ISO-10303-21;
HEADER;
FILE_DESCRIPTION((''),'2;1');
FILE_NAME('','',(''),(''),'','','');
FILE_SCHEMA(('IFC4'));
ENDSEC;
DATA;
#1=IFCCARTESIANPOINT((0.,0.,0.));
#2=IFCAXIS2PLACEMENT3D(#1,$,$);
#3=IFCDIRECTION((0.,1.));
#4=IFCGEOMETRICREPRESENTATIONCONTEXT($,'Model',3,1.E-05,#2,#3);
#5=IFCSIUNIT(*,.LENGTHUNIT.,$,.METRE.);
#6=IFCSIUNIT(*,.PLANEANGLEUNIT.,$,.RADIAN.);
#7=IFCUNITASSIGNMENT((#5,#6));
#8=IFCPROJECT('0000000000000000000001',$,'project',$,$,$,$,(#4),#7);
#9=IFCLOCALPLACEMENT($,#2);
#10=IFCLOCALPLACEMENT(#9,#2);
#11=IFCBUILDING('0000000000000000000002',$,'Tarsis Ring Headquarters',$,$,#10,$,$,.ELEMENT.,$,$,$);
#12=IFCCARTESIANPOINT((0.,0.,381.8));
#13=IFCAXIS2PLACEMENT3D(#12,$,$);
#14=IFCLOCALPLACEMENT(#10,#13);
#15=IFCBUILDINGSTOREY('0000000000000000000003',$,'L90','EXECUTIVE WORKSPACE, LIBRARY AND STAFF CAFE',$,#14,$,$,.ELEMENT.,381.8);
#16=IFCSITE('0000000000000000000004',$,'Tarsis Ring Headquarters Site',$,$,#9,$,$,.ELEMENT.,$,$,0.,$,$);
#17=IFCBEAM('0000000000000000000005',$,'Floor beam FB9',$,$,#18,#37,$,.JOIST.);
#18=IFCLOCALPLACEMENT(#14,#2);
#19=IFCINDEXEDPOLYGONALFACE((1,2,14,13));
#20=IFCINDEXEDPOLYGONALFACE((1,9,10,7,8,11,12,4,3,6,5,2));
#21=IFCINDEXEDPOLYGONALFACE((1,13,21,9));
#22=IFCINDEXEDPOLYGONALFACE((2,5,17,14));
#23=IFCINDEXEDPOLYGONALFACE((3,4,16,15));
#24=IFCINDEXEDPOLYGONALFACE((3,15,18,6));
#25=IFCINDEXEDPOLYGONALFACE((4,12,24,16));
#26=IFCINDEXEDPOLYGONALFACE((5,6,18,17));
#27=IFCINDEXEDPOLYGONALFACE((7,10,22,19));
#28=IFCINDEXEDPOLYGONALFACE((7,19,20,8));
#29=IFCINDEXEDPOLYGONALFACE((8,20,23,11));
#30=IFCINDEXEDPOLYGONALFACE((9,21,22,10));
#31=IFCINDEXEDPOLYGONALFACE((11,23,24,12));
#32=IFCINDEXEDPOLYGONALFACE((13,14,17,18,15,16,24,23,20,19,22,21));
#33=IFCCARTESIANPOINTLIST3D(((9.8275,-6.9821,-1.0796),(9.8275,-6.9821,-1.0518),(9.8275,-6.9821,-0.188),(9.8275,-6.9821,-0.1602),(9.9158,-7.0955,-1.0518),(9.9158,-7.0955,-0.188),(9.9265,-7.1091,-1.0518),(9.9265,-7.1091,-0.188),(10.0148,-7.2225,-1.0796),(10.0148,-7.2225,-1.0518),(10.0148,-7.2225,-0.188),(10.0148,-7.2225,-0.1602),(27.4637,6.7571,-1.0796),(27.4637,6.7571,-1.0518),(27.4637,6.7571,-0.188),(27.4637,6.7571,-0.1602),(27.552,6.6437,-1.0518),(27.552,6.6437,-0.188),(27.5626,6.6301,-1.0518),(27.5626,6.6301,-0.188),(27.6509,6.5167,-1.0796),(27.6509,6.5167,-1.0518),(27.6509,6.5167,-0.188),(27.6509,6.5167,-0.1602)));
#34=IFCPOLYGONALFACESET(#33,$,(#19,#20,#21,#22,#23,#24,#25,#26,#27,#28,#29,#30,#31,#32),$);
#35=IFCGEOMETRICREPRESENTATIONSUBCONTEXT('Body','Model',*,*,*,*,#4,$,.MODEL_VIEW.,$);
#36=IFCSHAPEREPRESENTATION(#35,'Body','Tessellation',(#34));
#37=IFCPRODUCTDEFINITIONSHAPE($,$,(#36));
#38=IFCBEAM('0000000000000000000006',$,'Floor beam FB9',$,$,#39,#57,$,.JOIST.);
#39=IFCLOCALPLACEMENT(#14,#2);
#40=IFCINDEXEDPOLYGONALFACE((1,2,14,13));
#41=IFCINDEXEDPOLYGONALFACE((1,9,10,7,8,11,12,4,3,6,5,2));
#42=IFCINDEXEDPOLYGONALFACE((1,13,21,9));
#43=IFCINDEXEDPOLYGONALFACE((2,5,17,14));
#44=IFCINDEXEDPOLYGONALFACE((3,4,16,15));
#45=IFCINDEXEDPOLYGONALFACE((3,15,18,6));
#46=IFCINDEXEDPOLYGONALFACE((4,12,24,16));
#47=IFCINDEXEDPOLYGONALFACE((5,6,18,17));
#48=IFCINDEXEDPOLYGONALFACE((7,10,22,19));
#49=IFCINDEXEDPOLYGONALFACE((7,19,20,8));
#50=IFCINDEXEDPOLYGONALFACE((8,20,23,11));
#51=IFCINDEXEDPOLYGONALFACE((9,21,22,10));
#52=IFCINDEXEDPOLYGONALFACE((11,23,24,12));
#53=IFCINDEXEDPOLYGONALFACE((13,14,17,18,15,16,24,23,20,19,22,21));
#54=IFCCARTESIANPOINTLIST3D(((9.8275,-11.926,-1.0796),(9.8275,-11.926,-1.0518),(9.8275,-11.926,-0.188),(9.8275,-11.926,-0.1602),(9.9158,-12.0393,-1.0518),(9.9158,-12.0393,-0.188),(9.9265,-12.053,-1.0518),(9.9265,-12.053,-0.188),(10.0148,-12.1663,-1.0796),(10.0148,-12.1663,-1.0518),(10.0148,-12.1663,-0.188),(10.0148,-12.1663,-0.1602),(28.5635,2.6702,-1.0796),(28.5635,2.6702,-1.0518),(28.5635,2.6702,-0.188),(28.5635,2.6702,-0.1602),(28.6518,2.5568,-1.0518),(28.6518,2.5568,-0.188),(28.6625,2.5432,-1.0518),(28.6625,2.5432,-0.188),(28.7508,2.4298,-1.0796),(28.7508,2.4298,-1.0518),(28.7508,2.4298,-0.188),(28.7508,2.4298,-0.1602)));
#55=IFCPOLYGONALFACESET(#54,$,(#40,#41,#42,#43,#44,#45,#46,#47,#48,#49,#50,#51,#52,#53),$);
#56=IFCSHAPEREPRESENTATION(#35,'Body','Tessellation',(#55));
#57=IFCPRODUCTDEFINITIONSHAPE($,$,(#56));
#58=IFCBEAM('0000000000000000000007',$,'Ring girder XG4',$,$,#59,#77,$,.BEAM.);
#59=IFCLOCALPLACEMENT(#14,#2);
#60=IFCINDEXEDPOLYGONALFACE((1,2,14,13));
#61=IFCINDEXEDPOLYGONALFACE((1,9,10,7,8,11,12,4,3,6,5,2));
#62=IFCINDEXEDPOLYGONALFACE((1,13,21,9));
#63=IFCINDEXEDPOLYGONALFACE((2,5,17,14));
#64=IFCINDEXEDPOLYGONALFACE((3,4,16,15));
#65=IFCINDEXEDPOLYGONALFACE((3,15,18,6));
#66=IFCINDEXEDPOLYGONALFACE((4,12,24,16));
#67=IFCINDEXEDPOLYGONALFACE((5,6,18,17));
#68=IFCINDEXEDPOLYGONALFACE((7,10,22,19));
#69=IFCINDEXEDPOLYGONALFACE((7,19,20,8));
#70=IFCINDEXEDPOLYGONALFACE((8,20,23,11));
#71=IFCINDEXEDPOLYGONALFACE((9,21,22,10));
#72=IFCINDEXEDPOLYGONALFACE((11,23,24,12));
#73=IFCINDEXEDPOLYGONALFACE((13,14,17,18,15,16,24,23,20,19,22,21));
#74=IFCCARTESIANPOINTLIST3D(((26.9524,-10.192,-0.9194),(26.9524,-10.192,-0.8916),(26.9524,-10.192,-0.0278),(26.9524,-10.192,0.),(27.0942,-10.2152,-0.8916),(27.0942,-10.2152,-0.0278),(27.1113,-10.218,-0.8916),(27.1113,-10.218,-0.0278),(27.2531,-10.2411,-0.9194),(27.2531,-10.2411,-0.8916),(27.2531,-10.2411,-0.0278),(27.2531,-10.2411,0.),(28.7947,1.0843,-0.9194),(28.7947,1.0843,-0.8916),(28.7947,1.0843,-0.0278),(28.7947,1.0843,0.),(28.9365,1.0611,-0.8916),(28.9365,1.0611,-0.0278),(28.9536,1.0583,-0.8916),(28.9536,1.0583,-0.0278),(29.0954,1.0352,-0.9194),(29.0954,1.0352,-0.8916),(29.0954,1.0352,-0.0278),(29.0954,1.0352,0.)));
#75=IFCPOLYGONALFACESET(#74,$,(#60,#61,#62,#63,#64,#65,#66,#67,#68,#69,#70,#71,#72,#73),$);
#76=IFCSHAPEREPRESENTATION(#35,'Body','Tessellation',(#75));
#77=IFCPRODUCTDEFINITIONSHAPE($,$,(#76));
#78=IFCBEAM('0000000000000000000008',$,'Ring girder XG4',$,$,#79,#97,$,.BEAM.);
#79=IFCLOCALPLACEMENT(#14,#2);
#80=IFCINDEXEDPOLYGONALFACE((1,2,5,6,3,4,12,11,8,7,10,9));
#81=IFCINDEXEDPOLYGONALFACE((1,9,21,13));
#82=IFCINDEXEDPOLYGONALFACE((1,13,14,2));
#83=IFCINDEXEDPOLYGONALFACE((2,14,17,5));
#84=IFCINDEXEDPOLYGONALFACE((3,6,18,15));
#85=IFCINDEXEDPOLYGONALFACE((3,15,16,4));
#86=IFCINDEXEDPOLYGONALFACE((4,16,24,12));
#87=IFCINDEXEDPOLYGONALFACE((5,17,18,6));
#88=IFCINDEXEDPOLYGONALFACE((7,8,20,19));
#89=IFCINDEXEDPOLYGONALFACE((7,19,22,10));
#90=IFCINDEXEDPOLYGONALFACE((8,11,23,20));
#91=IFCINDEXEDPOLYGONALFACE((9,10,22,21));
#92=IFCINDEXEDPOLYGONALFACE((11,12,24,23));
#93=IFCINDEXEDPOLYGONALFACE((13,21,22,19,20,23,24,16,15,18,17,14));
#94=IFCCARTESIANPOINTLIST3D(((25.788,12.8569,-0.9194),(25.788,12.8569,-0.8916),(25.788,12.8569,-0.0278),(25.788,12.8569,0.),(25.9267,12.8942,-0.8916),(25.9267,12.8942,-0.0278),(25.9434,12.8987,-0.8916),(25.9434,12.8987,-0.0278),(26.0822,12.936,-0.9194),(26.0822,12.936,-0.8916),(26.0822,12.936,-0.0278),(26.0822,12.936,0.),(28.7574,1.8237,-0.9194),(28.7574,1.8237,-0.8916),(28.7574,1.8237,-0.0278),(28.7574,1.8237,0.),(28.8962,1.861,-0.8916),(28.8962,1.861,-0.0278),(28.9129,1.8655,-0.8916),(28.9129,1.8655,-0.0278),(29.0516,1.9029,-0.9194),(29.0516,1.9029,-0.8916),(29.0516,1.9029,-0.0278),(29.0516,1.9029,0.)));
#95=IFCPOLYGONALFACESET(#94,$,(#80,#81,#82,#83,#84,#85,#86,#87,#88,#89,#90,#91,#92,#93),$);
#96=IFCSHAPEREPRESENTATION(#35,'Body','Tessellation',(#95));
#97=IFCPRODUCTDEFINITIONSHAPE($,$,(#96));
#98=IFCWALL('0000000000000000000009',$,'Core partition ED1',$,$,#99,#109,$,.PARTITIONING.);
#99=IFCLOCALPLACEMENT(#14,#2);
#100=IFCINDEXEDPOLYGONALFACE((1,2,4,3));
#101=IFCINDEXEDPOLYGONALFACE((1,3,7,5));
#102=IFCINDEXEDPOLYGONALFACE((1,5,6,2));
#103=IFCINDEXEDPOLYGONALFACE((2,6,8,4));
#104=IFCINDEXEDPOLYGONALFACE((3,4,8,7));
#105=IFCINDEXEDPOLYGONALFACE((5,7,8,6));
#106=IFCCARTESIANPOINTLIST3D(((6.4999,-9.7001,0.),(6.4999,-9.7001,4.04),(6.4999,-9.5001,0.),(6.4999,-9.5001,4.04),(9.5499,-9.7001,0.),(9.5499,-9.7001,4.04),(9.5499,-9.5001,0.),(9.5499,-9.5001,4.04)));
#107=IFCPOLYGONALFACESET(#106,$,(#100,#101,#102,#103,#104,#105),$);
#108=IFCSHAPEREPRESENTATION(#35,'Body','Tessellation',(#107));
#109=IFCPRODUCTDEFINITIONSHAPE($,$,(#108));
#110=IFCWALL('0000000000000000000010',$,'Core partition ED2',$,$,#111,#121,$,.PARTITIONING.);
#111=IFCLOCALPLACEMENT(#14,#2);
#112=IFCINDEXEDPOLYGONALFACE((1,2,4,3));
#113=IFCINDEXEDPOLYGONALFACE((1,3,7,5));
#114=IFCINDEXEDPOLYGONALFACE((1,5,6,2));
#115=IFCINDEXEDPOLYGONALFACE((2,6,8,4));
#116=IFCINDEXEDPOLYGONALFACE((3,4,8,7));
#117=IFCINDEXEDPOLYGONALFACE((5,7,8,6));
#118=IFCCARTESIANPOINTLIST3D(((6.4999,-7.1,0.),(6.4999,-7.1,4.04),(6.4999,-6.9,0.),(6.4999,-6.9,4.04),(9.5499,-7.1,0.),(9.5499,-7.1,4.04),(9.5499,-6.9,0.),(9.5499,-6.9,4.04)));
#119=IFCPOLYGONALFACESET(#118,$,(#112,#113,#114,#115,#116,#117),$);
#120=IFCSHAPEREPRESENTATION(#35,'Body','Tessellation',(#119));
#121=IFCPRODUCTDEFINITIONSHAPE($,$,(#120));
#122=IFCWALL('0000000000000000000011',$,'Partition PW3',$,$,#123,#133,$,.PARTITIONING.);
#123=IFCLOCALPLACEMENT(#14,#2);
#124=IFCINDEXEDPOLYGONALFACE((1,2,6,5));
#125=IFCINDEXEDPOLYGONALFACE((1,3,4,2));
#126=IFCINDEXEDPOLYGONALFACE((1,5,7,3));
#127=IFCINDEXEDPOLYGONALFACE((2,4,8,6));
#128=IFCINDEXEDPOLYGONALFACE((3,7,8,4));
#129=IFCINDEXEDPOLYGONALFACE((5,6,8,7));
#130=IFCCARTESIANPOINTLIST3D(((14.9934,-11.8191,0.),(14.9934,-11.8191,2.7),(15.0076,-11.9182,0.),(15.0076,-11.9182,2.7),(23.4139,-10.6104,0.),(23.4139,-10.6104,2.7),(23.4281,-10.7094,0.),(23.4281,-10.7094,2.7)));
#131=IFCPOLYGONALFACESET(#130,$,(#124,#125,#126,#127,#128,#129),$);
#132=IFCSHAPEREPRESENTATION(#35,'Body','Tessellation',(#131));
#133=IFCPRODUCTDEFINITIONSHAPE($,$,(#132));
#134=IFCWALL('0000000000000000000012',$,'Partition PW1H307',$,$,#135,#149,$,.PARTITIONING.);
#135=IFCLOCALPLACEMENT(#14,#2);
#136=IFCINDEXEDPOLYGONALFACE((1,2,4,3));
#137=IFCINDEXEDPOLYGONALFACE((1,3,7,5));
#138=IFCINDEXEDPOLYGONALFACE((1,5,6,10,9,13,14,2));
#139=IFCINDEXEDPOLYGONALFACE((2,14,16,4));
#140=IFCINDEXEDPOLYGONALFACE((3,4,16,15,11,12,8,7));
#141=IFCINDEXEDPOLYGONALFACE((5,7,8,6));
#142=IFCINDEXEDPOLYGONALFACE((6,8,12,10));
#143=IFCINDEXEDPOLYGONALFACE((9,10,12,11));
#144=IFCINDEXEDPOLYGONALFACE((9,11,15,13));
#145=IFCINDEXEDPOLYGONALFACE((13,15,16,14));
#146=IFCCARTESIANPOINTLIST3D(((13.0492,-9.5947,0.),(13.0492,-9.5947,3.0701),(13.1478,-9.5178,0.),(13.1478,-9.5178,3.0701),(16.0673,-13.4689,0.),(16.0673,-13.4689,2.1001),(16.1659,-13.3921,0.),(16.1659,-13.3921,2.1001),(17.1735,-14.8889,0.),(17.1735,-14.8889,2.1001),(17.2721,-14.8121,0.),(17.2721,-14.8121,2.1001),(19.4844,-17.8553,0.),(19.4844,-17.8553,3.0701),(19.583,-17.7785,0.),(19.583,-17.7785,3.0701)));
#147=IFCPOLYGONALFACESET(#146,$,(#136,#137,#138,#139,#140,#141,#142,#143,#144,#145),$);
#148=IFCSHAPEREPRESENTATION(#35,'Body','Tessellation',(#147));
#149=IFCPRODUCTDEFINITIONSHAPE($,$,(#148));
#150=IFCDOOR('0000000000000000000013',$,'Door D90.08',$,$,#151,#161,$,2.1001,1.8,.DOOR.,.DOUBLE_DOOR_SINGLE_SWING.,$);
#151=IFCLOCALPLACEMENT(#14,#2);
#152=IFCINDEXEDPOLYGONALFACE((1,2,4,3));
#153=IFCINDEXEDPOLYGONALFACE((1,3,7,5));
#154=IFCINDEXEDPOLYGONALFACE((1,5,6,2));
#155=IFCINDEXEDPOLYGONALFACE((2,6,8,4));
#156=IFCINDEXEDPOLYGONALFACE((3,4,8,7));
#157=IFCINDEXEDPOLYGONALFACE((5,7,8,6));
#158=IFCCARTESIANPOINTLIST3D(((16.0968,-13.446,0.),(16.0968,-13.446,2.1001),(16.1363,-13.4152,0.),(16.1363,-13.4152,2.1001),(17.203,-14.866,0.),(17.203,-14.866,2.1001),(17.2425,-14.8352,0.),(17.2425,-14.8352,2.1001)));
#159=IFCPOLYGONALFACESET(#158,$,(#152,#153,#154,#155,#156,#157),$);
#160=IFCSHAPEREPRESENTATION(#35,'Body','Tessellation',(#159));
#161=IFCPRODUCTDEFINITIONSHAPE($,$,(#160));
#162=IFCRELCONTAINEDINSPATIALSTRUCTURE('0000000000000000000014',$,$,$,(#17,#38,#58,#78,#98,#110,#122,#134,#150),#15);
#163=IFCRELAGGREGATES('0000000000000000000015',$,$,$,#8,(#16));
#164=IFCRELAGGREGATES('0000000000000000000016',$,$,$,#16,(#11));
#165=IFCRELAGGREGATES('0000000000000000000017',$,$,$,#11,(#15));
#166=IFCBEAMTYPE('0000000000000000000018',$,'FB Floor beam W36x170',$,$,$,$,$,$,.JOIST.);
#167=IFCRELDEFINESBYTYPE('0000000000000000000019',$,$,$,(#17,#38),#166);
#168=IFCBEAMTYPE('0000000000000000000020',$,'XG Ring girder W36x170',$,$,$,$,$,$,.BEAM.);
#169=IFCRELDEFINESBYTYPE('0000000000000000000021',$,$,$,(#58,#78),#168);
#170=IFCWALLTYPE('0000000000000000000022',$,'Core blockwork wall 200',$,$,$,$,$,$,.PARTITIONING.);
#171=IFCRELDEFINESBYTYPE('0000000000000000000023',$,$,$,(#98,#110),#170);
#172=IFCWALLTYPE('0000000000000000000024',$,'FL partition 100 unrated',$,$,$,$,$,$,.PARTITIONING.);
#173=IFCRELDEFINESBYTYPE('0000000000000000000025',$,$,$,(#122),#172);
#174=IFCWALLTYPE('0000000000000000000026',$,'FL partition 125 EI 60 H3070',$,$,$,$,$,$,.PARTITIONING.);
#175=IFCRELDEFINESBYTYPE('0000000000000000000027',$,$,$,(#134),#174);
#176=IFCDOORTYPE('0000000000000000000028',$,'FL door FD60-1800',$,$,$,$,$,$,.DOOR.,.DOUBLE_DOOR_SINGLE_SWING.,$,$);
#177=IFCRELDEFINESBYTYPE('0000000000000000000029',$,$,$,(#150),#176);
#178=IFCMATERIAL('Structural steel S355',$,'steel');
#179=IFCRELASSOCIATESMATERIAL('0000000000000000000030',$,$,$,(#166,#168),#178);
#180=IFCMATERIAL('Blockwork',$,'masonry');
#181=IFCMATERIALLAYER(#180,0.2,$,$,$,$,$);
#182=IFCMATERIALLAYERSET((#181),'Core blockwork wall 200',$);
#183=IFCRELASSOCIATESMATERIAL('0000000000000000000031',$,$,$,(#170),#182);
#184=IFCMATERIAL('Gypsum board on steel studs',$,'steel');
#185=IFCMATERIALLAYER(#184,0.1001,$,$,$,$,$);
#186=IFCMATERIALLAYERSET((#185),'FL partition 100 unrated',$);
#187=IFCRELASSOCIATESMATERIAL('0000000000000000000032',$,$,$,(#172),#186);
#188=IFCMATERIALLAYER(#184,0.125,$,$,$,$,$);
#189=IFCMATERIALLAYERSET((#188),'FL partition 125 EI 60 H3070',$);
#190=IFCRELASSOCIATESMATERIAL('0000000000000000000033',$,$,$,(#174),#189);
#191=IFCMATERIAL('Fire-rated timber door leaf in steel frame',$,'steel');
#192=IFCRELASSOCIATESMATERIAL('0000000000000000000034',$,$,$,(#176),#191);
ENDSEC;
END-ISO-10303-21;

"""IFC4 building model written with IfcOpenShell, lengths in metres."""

from ifc_helpers import new_model, si_unit, direction, frame, frame_2d, origin, origin_2d, place, context, subcontext, project, spatial, rectangle, i_section, extrude, material, layer, layer_set, material_profile, profile_set, type_object, element, fill, save


model = new_model("IFC4")

# Units and contexts
model_context = context("Model", 3, precision=1e-05, world=origin(), true_north=direction((0.0, 1.0)))
body_context = subcontext(model_context, "Body", "Model", "MODEL_VIEW")
ifc_project = project(units=[si_unit("LENGTHUNIT", "METRE"), si_unit("PLANEANGLEUNIT", "RADIAN")], contexts=[model_context])

# Site, building, storey
site_placement = place(None, origin())
site = spatial("IfcSite", under=ifc_project, at=site_placement, Name="Tarsis Ring Headquarters Site", CompositionType="ELEMENT", RefElevation=0.0)
building_placement = place(site_placement, origin())
building = spatial("IfcBuilding", under=site, at=building_placement, Name="Tarsis Ring Headquarters", CompositionType="ELEMENT")
storey_placement = place(building_placement, frame((0.0, 0.0, 381.8)))
storey = spatial("IfcBuildingStorey", under=building, at=storey_placement, Name="L90", Description="EXECUTIVE WORKSPACE, LIBRARY AND STAFF CAFE", CompositionType="ELEMENT", Elevation=381.8)

# Shared definitions
ifc_material_1 = material(Name="Structural steel S355", Category="steel")

# Beams
ifc_material_profile_1 = material_profile(ifc_material_1, i_section(OverallWidth=0.3047, OverallDepth=0.9194, WebThickness=0.0173, FlangeThickness=0.0278, at=origin_2d()), Name="W36x170")
ifc_profile_set_1 = profile_set([ifc_material_profile_1], Name="Structural steel S355")
beam_type_1 = type_object("IfcBeamType", Name="FB Floor beam W36x170", PredefinedType="JOIST", material=ifc_profile_set_1)
beam_1_placement = place(storey_placement, frame((9.9211, -7.1023, -0.6199), z_axis=(0.788871, 0.614559, 0.0), x_axis=(-0.614559, 0.788871, 0.0)))
element("IfcBeam", 1, at=beam_1_placement, inside=storey, type_object=beam_type_1, Name="Floor beam FB9", PredefinedType="JOIST", context=body_context, shape_type="SweptSolid", body=[
    extrude(i_section(OverallWidth=0.3047, OverallDepth=0.9194, WebThickness=0.0173, FlangeThickness=0.0278, at=origin_2d()), origin(), (0.0, 0.0, 1.0), 22.3562),
])
beam_2_placement = place(storey_placement, frame((9.9211, -12.0461, -0.6199), z_axis=(0.788869, 0.614562, 0.0), x_axis=(-0.614562, 0.788869, 0.0)))
element("IfcBeam", 2, at=beam_2_placement, inside=storey, type_object=beam_type_1, Name="Floor beam FB9", PredefinedType="JOIST", context=body_context, shape_type="SweptSolid", body=[
    extrude(i_section(OverallWidth=0.3047, OverallDepth=0.9194, WebThickness=0.0173, FlangeThickness=0.0278, at=origin_2d()), origin(), (0.0, 0.0, 1.0), 23.7505),
])
beam_type_2 = type_object("IfcBeamType", Name="XG Ring girder W36x170", PredefinedType="BEAM", material=ifc_profile_set_1)
for number, where, z_axis, x_axis, name in (
    (3, (27.1028, -10.2166, -0.4597), (0.161238, 0.986916, 0.0), (-0.986916, 0.161238, 0.0), "Ring girder XG4"),
    (4, (28.9045, 1.8633, -0.4597), (-0.259892, 0.965638, 0.0), (-0.965638, -0.259892, 0.0), "Ring girder XG4"),
):
    element("IfcBeam", number, at=place(storey_placement, frame(where, z_axis=z_axis, x_axis=x_axis)), inside=storey, type_object=beam_type_2, Name=name, PredefinedType="BEAM", context=body_context, shape_type="SweptSolid", body=[
        extrude(i_section(OverallWidth=0.3047, OverallDepth=0.9194, WebThickness=0.0173, FlangeThickness=0.0278, at=origin_2d()), origin(), (0.0, 0.0, 1.0), 11.4258),
    ])

# Walls
ifc_material_2 = material(Name="Blockwork", Category="masonry")
ifc_layer_1 = layer(ifc_material_2, 0.2)
ifc_layer_set_1 = layer_set([ifc_layer_1], Name="Core blockwork wall 200")
wall_type_1 = type_object("IfcWallType", Name="Core blockwork wall 200", PredefinedType="PARTITIONING", material=ifc_layer_set_1)
for number, where, z_axis, x_axis, name in (
    (5, (6.5, -9.6001, 0.0), (0.0, 0.0, 1.0), (1.0, 0.0, 0.0), "Core partition ED1"),
    (6, (6.5, -7.0, 0.0), (0.0, 0.0, 1.0), (1.0, 0.0, 0.0), "Core partition ED2"),
):
    element("IfcWall", number, at=place(storey_placement, frame(where, z_axis=z_axis, x_axis=x_axis)), inside=storey, type_object=wall_type_1, Name=name, PredefinedType="PARTITIONING", context=body_context, shape_type="SweptSolid", body=[
        extrude(rectangle(XDim=3.05, YDim=0.2, at=frame_2d((1.5249, 0.0))), origin(), (0.0, 0.0, 1.0), 4.04),
    ])
ifc_material_3 = material(Name="Gypsum board on steel studs", Category="steel")
ifc_layer_2 = layer(ifc_material_3, 0.1001)
ifc_layer_set_2 = layer_set([ifc_layer_2], Name="FL partition 100 unrated")
wall_type_2 = type_object("IfcWallType", Name="FL partition 100 unrated", PredefinedType="PARTITIONING", material=ifc_layer_set_2)
wall_1_placement = place(storey_placement, frame((15.0005, -11.8687, 0.0), z_axis=(0.0, 0.0, 1.0), x_axis=(0.989853, 0.142092, 0.0)))
element("IfcWall", 7, at=wall_1_placement, inside=storey, type_object=wall_type_2, Name="Partition PW3", PredefinedType="PARTITIONING", context=body_context, shape_type="SweptSolid", body=[
    extrude(rectangle(XDim=8.5068, YDim=0.1001, at=frame_2d((4.2534, 0.0))), origin(), (0.0, 0.0, 1.0), 2.7),
])

# Wall, opening, door
ifc_layer_3 = layer(ifc_material_3, 0.125)
ifc_layer_set_3 = layer_set([ifc_layer_3], Name="FL partition 125 EI 60 H3070")
wall_type_3 = type_object("IfcWallType", Name="FL partition 125 EI 60 H3070", PredefinedType="PARTITIONING", material=ifc_layer_set_3)
wall_2_placement = place(storey_placement, frame((13.0984, -9.5562, 0.0), z_axis=(0.0, 0.0, 1.0), x_axis=(0.614552, -0.788876, 0.0)))
wall_2 = element("IfcWall", 8, at=wall_2_placement, inside=storey, type_object=wall_type_3, Name="Partition PW1H307", PredefinedType="PARTITIONING", context=body_context, shape_type="SweptSolid", body=[
    extrude(rectangle(XDim=10.4714, YDim=0.125, at=frame_2d((5.2358, 0.0))), origin(), (0.0, 0.0, 1.0), 3.0701),
])
opening_1_placement = place(wall_2_placement, frame((4.9114, 0.0, 0.0)))
opening_1 = element("IfcOpeningElement", 9, at=opening_1_placement, cuts=wall_2, PredefinedType="OPENING", context=body_context, shape_type="SweptSolid", body=[
    extrude(rectangle(XDim=1.8, YDim=2.1001, at=frame_2d((0.8999, 1.05))), frame((0.0, 0.0725, 0.0), z_axis=(0.0, -1.0, 0.0), x_axis=(1.0, 0.0, 0.0)), (0.0, 0.0, 1.0), 0.145),
])
ifc_material_4 = material(Name="Fire-rated timber door leaf in steel frame", Category="steel")
door_type = type_object("IfcDoorType", Name="FL door FD60-1800", OperationType="DOUBLE_DOOR_SINGLE_SWING", PredefinedType="DOOR", material=ifc_material_4)
door_placement = place(opening_1_placement, origin())
door = element("IfcDoor", 10, at=door_placement, inside=storey, type_object=door_type, Name="Door D90.08", OperationType="DOUBLE_DOOR_SINGLE_SWING", OverallHeight=2.1001, OverallWidth=1.8, PredefinedType="DOOR", context=body_context, shape_type="SweptSolid", body=[
    extrude(rectangle(XDim=1.8, YDim=2.1001, at=frame_2d((0.8999, 1.05))), frame((0.0, 0.0249, 0.0), z_axis=(0.0, -1.0, 0.0), x_axis=(1.0, 0.0, 0.0)), (0.0, 0.0, 1.0), 0.05),
])
fill(opening_1, door)

save(model, "model.ifc")
